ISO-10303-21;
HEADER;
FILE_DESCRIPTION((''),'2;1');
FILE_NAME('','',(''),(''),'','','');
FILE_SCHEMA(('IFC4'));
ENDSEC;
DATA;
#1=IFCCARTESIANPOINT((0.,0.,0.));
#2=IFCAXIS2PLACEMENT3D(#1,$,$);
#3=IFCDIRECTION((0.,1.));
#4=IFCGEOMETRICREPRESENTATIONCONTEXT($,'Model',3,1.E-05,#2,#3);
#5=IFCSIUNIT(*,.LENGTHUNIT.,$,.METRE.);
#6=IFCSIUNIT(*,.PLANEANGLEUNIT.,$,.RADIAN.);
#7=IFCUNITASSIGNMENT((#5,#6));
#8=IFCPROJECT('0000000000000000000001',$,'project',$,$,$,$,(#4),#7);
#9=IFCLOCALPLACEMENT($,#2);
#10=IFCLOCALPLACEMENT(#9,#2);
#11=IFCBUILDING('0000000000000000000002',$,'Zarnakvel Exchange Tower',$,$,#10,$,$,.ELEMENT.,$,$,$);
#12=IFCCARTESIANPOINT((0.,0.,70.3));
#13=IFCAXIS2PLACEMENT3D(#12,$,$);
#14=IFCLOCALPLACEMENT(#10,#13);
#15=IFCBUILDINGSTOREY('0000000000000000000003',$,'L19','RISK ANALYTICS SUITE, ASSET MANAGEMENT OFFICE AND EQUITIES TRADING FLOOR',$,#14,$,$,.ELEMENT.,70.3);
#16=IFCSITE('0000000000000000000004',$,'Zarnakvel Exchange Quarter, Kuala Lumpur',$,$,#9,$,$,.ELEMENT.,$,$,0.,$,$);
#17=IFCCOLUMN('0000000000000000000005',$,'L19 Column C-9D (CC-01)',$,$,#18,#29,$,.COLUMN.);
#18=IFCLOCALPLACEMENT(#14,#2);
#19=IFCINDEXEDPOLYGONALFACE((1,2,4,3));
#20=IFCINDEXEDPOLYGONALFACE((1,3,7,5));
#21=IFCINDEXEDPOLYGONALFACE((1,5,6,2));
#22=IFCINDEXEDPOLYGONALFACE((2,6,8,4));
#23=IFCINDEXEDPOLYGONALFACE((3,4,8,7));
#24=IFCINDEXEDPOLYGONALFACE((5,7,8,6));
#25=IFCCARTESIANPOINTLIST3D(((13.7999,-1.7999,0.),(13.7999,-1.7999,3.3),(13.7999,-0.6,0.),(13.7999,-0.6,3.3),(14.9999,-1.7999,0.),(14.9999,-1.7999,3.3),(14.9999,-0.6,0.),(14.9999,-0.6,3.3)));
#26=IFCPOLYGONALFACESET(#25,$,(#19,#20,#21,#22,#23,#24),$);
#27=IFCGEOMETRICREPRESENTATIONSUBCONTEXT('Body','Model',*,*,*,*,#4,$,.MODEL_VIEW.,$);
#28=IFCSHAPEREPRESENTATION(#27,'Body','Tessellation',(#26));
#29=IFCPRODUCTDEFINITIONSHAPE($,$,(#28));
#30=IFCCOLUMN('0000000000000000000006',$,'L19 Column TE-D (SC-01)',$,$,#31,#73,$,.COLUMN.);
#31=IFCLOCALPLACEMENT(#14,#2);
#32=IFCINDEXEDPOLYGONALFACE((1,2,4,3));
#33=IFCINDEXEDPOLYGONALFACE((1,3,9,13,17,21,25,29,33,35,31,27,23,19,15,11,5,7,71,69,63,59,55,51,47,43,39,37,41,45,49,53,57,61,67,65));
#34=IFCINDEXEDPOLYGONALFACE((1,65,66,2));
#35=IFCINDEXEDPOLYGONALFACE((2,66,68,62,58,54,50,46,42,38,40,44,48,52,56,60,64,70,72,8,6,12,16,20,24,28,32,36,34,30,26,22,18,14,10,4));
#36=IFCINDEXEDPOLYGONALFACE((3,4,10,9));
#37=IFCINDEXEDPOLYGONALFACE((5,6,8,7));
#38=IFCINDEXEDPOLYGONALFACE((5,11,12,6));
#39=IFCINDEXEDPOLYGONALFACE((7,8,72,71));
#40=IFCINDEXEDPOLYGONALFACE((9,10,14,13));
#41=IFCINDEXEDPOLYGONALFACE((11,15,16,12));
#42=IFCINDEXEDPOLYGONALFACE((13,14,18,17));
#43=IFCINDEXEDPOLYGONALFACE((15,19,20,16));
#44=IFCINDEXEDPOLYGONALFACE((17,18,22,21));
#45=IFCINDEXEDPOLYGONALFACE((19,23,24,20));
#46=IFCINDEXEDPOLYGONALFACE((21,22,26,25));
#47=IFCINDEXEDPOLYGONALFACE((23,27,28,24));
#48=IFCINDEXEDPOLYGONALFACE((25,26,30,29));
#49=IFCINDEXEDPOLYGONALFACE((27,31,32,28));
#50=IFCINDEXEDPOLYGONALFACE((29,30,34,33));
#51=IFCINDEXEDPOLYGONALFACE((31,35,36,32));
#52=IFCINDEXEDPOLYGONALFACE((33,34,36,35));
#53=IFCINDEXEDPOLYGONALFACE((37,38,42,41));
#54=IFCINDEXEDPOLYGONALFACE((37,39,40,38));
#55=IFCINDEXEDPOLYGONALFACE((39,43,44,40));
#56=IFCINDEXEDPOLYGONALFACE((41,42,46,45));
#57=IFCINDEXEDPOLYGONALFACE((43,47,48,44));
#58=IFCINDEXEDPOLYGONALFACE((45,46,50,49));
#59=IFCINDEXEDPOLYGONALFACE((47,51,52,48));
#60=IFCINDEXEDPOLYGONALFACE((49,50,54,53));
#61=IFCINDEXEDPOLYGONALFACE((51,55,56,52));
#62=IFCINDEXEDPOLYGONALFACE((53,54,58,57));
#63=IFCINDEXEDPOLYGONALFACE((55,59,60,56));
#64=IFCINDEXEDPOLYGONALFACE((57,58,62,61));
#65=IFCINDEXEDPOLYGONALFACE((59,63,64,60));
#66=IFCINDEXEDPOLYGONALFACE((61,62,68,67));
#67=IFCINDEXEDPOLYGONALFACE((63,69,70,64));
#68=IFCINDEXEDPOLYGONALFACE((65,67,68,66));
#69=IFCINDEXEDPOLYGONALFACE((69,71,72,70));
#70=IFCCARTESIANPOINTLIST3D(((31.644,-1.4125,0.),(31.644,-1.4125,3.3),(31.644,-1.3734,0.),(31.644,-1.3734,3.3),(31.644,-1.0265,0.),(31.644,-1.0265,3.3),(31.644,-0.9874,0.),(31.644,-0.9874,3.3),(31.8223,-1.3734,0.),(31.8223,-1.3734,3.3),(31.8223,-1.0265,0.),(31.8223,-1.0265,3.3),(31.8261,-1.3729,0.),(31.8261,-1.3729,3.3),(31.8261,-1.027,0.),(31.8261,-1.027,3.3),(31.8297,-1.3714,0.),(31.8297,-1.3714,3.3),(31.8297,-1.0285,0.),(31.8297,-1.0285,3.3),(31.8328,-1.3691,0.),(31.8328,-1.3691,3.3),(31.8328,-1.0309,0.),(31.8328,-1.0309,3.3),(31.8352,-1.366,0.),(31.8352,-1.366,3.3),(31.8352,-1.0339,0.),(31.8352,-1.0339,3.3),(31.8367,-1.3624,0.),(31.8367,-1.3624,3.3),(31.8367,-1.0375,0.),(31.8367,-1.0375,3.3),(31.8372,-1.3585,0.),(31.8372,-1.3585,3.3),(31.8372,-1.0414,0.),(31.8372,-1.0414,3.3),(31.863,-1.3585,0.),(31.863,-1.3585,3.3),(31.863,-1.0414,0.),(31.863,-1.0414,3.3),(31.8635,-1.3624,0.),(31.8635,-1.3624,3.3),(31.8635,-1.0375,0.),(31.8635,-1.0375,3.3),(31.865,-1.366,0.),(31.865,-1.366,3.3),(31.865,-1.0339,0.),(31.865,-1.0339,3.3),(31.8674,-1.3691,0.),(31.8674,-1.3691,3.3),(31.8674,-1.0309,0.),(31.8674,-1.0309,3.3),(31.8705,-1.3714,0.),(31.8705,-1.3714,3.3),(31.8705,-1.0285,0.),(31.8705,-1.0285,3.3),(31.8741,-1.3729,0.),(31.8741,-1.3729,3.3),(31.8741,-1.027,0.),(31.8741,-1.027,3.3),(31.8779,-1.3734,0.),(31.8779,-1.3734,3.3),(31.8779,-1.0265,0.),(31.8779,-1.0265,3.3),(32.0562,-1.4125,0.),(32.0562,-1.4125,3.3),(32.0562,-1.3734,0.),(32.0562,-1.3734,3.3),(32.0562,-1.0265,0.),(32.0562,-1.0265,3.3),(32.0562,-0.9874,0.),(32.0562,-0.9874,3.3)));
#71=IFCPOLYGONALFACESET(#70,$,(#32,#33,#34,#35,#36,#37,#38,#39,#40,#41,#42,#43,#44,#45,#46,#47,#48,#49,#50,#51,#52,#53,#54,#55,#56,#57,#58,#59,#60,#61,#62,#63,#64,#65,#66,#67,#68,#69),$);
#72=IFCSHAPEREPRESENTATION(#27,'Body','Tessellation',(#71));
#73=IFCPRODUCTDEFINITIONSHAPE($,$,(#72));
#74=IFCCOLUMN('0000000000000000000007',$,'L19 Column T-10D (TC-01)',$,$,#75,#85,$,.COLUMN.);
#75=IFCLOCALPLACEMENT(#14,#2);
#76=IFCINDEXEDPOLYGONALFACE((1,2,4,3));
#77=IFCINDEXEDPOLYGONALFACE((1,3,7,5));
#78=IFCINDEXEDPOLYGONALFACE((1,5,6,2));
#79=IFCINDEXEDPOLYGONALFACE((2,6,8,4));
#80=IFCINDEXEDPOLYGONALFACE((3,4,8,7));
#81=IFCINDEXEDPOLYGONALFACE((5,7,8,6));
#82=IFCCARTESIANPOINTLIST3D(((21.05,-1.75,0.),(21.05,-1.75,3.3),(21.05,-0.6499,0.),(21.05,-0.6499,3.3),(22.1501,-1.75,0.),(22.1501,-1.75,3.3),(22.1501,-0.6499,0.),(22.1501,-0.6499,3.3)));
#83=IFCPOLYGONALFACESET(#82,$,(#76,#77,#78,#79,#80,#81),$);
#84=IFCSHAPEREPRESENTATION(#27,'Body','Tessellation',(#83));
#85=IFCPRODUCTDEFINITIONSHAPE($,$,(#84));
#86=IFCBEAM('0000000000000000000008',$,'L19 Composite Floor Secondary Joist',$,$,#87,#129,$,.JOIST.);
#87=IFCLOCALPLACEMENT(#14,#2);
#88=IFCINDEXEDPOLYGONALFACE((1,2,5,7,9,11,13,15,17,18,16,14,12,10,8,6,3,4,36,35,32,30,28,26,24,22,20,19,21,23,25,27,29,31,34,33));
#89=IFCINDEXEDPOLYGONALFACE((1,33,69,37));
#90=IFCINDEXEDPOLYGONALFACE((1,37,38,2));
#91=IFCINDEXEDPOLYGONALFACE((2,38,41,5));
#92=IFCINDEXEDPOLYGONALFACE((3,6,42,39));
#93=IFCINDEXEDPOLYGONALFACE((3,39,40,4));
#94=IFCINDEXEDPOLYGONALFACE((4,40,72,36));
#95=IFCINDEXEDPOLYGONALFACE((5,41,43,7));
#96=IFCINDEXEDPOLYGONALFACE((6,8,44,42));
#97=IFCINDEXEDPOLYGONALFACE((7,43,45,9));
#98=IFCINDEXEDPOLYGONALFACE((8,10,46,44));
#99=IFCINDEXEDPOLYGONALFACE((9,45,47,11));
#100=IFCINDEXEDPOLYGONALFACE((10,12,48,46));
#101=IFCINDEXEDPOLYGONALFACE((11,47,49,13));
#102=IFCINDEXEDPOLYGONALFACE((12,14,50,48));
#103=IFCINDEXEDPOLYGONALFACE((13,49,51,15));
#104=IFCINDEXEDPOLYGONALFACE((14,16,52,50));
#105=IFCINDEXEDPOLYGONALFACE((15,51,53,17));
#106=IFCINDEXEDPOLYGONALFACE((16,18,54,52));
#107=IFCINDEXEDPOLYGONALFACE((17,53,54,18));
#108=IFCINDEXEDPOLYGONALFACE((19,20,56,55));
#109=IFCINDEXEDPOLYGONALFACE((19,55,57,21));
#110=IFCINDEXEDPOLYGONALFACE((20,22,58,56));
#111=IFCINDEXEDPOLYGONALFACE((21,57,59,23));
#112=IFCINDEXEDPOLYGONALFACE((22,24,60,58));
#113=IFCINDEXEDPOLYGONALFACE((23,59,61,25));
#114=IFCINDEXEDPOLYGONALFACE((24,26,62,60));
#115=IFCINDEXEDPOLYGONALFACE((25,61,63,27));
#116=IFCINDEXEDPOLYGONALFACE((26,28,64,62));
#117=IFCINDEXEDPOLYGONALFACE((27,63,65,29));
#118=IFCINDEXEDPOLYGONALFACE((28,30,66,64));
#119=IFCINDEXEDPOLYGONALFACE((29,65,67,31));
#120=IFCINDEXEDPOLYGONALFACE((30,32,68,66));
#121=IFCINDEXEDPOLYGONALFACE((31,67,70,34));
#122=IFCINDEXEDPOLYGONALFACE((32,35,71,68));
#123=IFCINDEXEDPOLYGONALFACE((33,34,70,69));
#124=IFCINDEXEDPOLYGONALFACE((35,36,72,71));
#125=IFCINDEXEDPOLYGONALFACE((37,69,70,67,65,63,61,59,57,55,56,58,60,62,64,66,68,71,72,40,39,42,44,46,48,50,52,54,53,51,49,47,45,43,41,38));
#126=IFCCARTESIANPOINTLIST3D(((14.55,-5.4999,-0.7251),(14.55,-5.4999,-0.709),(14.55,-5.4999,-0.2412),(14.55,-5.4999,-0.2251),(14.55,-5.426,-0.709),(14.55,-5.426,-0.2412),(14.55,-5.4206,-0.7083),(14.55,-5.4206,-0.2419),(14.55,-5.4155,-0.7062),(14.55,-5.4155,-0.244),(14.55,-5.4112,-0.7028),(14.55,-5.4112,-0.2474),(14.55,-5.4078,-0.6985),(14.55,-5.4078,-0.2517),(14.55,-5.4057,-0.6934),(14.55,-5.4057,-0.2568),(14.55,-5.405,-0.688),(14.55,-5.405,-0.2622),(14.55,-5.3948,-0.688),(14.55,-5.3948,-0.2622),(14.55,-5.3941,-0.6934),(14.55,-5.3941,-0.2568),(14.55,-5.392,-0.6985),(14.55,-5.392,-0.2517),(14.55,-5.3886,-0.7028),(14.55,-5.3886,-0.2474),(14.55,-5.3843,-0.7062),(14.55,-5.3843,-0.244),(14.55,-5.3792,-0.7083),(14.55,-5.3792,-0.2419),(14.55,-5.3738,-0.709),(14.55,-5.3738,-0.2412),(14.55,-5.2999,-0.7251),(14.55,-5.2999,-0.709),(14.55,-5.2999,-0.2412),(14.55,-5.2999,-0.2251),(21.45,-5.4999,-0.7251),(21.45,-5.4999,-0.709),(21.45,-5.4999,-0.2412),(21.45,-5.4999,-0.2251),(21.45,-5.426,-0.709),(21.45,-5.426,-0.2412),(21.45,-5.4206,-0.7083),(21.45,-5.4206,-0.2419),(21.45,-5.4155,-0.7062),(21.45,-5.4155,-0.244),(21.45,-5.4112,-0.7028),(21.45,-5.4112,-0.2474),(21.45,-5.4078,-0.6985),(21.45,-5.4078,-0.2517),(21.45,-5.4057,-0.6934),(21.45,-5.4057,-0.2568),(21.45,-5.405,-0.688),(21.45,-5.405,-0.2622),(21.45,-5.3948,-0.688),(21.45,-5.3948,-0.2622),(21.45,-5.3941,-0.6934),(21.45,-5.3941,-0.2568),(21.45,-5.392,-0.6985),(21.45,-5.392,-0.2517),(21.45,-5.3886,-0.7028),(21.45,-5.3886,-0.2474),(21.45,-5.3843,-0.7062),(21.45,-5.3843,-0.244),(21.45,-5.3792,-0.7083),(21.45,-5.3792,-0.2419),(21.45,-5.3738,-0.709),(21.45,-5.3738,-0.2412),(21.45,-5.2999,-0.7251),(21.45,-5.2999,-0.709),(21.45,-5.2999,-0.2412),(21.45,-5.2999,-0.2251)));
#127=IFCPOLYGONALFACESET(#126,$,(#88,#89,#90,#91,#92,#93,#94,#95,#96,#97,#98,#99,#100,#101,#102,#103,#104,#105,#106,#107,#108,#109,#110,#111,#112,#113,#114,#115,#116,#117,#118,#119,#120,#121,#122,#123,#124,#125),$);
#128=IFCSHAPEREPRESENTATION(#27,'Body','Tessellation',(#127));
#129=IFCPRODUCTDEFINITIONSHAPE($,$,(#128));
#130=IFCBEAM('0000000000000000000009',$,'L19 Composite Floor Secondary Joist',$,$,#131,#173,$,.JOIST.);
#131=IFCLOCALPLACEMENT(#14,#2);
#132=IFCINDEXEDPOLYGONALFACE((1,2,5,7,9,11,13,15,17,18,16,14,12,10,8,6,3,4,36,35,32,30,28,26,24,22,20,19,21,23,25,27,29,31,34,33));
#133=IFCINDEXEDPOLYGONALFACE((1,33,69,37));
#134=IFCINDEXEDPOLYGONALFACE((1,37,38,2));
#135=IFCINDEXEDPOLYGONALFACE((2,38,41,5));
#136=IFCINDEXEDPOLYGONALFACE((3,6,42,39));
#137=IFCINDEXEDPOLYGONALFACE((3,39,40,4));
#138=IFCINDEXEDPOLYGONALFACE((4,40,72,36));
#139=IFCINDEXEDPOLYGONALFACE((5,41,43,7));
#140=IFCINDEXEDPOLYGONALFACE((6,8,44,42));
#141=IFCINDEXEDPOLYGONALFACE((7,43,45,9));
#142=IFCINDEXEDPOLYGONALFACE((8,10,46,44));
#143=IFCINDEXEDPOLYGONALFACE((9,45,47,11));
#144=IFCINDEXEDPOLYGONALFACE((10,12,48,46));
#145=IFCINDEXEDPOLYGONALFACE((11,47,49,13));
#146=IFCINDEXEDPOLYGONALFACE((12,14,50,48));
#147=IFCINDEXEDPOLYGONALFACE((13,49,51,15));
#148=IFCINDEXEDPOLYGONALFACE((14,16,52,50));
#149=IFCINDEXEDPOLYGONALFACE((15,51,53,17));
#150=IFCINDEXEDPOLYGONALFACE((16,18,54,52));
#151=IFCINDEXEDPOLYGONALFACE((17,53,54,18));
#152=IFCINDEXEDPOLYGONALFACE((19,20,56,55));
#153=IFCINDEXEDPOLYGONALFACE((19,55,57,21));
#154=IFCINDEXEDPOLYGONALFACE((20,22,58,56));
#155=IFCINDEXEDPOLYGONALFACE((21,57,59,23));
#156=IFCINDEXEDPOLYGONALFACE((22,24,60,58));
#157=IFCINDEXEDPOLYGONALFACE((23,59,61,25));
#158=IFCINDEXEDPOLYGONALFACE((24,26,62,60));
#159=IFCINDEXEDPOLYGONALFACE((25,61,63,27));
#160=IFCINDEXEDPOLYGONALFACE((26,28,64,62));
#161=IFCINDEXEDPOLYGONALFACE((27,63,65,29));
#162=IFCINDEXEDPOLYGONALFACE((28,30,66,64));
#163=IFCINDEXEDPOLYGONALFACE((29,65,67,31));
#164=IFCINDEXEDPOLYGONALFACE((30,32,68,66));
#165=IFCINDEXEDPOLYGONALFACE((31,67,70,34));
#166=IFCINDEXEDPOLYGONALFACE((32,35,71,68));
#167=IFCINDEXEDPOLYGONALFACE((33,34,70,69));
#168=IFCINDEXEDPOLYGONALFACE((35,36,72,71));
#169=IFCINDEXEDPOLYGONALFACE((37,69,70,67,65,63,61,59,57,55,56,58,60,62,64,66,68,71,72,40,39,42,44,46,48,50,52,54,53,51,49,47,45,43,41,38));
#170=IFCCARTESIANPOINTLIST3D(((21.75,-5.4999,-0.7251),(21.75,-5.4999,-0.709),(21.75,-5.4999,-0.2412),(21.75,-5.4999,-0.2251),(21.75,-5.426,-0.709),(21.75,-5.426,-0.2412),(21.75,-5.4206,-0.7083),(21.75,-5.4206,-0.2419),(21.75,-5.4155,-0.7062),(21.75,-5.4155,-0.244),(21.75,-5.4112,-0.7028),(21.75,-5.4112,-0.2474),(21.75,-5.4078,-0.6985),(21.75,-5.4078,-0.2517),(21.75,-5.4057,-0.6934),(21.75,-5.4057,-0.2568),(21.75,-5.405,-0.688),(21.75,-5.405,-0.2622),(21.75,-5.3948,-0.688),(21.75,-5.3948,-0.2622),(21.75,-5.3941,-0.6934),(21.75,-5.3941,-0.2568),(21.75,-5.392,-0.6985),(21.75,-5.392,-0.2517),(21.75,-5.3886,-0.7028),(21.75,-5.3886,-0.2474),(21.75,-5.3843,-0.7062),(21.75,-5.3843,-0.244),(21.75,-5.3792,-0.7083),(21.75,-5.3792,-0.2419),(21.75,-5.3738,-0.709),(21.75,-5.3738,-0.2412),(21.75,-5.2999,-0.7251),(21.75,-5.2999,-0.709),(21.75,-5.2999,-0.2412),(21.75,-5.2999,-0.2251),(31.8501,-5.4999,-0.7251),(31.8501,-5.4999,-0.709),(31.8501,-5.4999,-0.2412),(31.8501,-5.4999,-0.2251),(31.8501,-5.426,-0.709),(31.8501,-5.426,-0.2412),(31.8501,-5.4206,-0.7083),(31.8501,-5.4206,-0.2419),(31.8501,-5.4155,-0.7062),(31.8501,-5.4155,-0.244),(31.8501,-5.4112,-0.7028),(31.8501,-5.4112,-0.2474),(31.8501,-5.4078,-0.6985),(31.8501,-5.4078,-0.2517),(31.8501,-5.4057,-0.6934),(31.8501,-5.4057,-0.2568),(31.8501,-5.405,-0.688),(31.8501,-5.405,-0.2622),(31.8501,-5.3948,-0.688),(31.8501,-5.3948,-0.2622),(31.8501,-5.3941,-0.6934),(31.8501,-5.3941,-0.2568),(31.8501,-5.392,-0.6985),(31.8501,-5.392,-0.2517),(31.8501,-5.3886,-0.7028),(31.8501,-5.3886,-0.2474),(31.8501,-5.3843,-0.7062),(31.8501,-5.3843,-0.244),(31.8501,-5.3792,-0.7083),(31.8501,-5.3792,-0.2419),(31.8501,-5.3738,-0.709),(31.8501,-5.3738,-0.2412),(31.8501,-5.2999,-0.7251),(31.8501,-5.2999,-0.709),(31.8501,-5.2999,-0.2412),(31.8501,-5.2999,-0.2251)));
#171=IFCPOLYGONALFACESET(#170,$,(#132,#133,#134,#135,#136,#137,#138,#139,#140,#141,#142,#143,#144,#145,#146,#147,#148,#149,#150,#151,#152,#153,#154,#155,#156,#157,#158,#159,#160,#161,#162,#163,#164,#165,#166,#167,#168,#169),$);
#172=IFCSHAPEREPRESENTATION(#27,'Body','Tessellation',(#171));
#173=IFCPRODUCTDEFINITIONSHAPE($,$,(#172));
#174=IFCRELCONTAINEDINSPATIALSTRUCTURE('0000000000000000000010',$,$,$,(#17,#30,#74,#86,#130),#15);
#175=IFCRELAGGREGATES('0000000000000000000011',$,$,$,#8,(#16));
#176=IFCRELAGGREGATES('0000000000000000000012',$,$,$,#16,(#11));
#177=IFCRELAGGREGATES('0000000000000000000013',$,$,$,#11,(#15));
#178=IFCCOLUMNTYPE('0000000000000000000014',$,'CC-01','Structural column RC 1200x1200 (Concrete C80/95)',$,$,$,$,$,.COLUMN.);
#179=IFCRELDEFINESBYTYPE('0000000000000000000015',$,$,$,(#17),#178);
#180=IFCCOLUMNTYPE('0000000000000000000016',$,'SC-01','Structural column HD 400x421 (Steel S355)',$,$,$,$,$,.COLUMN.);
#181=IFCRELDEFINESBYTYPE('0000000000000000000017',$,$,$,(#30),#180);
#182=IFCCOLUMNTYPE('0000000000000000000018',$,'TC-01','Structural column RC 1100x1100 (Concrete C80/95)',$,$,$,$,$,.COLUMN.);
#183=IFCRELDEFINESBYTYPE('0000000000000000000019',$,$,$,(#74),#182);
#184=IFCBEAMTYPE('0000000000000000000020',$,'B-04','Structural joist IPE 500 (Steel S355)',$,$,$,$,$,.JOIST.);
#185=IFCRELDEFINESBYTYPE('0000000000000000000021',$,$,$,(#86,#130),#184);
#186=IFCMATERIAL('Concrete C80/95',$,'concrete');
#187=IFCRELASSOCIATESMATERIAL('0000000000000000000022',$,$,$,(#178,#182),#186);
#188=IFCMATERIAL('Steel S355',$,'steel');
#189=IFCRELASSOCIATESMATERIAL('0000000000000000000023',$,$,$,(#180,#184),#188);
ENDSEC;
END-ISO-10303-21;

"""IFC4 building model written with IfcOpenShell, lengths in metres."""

from ifc_helpers import new_model, si_unit, direction, frame, origin, origin_2d, place, context, subcontext, project, spatial, rectangle, i_section, extrude, material, material_profile, profile_set, type_object, element, save


model = new_model("IFC4")

# Units and contexts
model_context = context("Model", 3, precision=1e-05, world=origin(), true_north=direction((0.0, 1.0)))
body_context = subcontext(model_context, "Body", "Model", "MODEL_VIEW")
ifc_project = project(units=[si_unit("LENGTHUNIT", "METRE"), si_unit("PLANEANGLEUNIT", "RADIAN")], contexts=[model_context])

# Site, building, storey
site_placement = place(None, origin())
site = spatial("IfcSite", under=ifc_project, at=site_placement, Name="Zarnakvel Exchange Quarter, Kuala Lumpur", CompositionType="ELEMENT", RefElevation=0.0)
building_placement = place(site_placement, origin())
building = spatial("IfcBuilding", under=site, at=building_placement, Name="Zarnakvel Exchange Tower", CompositionType="ELEMENT")
storey_placement = place(building_placement, frame((0.0, 0.0, 70.3)))
storey = spatial("IfcBuildingStorey", under=building, at=storey_placement, Name="L19", Description="RISK ANALYTICS SUITE, ASSET MANAGEMENT OFFICE AND EQUITIES TRADING FLOOR", CompositionType="ELEMENT", Elevation=70.3)

# Columns
ifc_material_1 = material(Name="Concrete C80/95", Category="concrete")
ifc_material_profile_1 = material_profile(ifc_material_1, rectangle(XDim=1.2, YDim=1.2, at=origin_2d()))
ifc_profile_set_1 = profile_set([ifc_material_profile_1], Name="Concrete C80/95")
column_type_1 = type_object("IfcColumnType", Name="CC-01", Description="Structural column RC 1200x1200 (Concrete C80/95)", PredefinedType="COLUMN", material=ifc_profile_set_1)
column_1_placement = place(storey_placement, frame((14.3999, -1.2, 0.0), z_axis=(0.0, 0.0, 1.0), x_axis=(1.0, 0.0, 0.0)))
element("IfcColumn", 1, at=column_1_placement, inside=storey, type_object=column_type_1, Name="L19 Column C-9D (CC-01)", PredefinedType="COLUMN", context=body_context, shape_type="SweptSolid", body=[
    extrude(rectangle(XDim=1.2, YDim=1.2, at=origin_2d()), origin(), (0.0, 0.0, 1.0), 3.3),
])
ifc_material_2 = material(Name="Steel S355", Category="steel")
ifc_material_profile_2 = material_profile(ifc_material_2, i_section(OverallWidth=0.4121, OverallDepth=0.425, WebThickness=0.0259, FlangeThickness=0.0391, FilletRadius=0.0149, at=origin_2d()))
ifc_profile_set_2 = profile_set([ifc_material_profile_2], Name="Steel S355")
column_type_2 = type_object("IfcColumnType", Name="SC-01", Description="Structural column HD 400x421 (Steel S355)", PredefinedType="COLUMN", material=ifc_profile_set_2)
column_2_placement = place(storey_placement, frame((31.8501, -1.2, 0.0), z_axis=(0.0, 0.0, 1.0), x_axis=(1.0, 0.0, 0.0)))
element("IfcColumn", 2, at=column_2_placement, inside=storey, type_object=column_type_2, Name="L19 Column TE-D (SC-01)", PredefinedType="COLUMN", context=body_context, shape_type="SweptSolid", body=[
    extrude(i_section(OverallWidth=0.4121, OverallDepth=0.425, WebThickness=0.0259, FlangeThickness=0.0391, FilletRadius=0.0149, at=origin_2d()), origin(), (0.0, 0.0, 1.0), 3.3),
])
ifc_material_profile_3 = material_profile(ifc_material_1, rectangle(XDim=1.1001, YDim=1.1001, at=origin_2d()))
ifc_profile_set_3 = profile_set([ifc_material_profile_3], Name="Concrete C80/95")
column_type_3 = type_object("IfcColumnType", Name="TC-01", Description="Structural column RC 1100x1100 (Concrete C80/95)", PredefinedType="COLUMN", material=ifc_profile_set_3)
column_3_placement = place(storey_placement, frame((21.6001, -1.2, 0.0), z_axis=(0.0, 0.0, 1.0), x_axis=(1.0, 0.0, 0.0)))
element("IfcColumn", 3, at=column_3_placement, inside=storey, type_object=column_type_3, Name="L19 Column T-10D (TC-01)", PredefinedType="COLUMN", context=body_context, shape_type="SweptSolid", body=[
    extrude(rectangle(XDim=1.1001, YDim=1.1001, at=origin_2d()), origin(), (0.0, 0.0, 1.0), 3.3),
])

# Beams
ifc_material_profile_4 = material_profile(ifc_material_2, i_section(OverallWidth=0.2, OverallDepth=0.5, WebThickness=0.0103, FlangeThickness=0.0161, FilletRadius=0.021, at=origin_2d()))
ifc_profile_set_4 = profile_set([ifc_material_profile_4], Name="Steel S355")
beam_type_1 = type_object("IfcBeamType", Name="B-04", Description="Structural joist IPE 500 (Steel S355)", PredefinedType="JOIST", material=ifc_profile_set_4)
beam_1_placement = place(storey_placement, frame((14.55, -5.3999, -0.4751), z_axis=(1.0, 0.0, 0.0), x_axis=(0.0, 1.0, 0.0)))
element("IfcBeam", 4, at=beam_1_placement, inside=storey, type_object=beam_type_1, Name="L19 Composite Floor Secondary Joist", PredefinedType="JOIST", context=body_context, shape_type="SweptSolid", body=[
    extrude(i_section(OverallWidth=0.2, OverallDepth=0.5, WebThickness=0.0103, FlangeThickness=0.0161, FilletRadius=0.021, at=origin_2d()), origin(), (0.0, 0.0, 1.0), 6.8999),
])
beam_2_placement = place(storey_placement, frame((21.75, -5.3999, -0.4751), z_axis=(1.0, 0.0, 0.0), x_axis=(0.0, 1.0, 0.0)))
element("IfcBeam", 5, at=beam_2_placement, inside=storey, type_object=beam_type_1, Name="L19 Composite Floor Secondary Joist", PredefinedType="JOIST", context=body_context, shape_type="SweptSolid", body=[
    extrude(i_section(OverallWidth=0.2, OverallDepth=0.5, WebThickness=0.0103, FlangeThickness=0.0161, FilletRadius=0.021, at=origin_2d()), origin(), (0.0, 0.0, 1.0), 10.1001),
])

save(model, "model.ifc")
